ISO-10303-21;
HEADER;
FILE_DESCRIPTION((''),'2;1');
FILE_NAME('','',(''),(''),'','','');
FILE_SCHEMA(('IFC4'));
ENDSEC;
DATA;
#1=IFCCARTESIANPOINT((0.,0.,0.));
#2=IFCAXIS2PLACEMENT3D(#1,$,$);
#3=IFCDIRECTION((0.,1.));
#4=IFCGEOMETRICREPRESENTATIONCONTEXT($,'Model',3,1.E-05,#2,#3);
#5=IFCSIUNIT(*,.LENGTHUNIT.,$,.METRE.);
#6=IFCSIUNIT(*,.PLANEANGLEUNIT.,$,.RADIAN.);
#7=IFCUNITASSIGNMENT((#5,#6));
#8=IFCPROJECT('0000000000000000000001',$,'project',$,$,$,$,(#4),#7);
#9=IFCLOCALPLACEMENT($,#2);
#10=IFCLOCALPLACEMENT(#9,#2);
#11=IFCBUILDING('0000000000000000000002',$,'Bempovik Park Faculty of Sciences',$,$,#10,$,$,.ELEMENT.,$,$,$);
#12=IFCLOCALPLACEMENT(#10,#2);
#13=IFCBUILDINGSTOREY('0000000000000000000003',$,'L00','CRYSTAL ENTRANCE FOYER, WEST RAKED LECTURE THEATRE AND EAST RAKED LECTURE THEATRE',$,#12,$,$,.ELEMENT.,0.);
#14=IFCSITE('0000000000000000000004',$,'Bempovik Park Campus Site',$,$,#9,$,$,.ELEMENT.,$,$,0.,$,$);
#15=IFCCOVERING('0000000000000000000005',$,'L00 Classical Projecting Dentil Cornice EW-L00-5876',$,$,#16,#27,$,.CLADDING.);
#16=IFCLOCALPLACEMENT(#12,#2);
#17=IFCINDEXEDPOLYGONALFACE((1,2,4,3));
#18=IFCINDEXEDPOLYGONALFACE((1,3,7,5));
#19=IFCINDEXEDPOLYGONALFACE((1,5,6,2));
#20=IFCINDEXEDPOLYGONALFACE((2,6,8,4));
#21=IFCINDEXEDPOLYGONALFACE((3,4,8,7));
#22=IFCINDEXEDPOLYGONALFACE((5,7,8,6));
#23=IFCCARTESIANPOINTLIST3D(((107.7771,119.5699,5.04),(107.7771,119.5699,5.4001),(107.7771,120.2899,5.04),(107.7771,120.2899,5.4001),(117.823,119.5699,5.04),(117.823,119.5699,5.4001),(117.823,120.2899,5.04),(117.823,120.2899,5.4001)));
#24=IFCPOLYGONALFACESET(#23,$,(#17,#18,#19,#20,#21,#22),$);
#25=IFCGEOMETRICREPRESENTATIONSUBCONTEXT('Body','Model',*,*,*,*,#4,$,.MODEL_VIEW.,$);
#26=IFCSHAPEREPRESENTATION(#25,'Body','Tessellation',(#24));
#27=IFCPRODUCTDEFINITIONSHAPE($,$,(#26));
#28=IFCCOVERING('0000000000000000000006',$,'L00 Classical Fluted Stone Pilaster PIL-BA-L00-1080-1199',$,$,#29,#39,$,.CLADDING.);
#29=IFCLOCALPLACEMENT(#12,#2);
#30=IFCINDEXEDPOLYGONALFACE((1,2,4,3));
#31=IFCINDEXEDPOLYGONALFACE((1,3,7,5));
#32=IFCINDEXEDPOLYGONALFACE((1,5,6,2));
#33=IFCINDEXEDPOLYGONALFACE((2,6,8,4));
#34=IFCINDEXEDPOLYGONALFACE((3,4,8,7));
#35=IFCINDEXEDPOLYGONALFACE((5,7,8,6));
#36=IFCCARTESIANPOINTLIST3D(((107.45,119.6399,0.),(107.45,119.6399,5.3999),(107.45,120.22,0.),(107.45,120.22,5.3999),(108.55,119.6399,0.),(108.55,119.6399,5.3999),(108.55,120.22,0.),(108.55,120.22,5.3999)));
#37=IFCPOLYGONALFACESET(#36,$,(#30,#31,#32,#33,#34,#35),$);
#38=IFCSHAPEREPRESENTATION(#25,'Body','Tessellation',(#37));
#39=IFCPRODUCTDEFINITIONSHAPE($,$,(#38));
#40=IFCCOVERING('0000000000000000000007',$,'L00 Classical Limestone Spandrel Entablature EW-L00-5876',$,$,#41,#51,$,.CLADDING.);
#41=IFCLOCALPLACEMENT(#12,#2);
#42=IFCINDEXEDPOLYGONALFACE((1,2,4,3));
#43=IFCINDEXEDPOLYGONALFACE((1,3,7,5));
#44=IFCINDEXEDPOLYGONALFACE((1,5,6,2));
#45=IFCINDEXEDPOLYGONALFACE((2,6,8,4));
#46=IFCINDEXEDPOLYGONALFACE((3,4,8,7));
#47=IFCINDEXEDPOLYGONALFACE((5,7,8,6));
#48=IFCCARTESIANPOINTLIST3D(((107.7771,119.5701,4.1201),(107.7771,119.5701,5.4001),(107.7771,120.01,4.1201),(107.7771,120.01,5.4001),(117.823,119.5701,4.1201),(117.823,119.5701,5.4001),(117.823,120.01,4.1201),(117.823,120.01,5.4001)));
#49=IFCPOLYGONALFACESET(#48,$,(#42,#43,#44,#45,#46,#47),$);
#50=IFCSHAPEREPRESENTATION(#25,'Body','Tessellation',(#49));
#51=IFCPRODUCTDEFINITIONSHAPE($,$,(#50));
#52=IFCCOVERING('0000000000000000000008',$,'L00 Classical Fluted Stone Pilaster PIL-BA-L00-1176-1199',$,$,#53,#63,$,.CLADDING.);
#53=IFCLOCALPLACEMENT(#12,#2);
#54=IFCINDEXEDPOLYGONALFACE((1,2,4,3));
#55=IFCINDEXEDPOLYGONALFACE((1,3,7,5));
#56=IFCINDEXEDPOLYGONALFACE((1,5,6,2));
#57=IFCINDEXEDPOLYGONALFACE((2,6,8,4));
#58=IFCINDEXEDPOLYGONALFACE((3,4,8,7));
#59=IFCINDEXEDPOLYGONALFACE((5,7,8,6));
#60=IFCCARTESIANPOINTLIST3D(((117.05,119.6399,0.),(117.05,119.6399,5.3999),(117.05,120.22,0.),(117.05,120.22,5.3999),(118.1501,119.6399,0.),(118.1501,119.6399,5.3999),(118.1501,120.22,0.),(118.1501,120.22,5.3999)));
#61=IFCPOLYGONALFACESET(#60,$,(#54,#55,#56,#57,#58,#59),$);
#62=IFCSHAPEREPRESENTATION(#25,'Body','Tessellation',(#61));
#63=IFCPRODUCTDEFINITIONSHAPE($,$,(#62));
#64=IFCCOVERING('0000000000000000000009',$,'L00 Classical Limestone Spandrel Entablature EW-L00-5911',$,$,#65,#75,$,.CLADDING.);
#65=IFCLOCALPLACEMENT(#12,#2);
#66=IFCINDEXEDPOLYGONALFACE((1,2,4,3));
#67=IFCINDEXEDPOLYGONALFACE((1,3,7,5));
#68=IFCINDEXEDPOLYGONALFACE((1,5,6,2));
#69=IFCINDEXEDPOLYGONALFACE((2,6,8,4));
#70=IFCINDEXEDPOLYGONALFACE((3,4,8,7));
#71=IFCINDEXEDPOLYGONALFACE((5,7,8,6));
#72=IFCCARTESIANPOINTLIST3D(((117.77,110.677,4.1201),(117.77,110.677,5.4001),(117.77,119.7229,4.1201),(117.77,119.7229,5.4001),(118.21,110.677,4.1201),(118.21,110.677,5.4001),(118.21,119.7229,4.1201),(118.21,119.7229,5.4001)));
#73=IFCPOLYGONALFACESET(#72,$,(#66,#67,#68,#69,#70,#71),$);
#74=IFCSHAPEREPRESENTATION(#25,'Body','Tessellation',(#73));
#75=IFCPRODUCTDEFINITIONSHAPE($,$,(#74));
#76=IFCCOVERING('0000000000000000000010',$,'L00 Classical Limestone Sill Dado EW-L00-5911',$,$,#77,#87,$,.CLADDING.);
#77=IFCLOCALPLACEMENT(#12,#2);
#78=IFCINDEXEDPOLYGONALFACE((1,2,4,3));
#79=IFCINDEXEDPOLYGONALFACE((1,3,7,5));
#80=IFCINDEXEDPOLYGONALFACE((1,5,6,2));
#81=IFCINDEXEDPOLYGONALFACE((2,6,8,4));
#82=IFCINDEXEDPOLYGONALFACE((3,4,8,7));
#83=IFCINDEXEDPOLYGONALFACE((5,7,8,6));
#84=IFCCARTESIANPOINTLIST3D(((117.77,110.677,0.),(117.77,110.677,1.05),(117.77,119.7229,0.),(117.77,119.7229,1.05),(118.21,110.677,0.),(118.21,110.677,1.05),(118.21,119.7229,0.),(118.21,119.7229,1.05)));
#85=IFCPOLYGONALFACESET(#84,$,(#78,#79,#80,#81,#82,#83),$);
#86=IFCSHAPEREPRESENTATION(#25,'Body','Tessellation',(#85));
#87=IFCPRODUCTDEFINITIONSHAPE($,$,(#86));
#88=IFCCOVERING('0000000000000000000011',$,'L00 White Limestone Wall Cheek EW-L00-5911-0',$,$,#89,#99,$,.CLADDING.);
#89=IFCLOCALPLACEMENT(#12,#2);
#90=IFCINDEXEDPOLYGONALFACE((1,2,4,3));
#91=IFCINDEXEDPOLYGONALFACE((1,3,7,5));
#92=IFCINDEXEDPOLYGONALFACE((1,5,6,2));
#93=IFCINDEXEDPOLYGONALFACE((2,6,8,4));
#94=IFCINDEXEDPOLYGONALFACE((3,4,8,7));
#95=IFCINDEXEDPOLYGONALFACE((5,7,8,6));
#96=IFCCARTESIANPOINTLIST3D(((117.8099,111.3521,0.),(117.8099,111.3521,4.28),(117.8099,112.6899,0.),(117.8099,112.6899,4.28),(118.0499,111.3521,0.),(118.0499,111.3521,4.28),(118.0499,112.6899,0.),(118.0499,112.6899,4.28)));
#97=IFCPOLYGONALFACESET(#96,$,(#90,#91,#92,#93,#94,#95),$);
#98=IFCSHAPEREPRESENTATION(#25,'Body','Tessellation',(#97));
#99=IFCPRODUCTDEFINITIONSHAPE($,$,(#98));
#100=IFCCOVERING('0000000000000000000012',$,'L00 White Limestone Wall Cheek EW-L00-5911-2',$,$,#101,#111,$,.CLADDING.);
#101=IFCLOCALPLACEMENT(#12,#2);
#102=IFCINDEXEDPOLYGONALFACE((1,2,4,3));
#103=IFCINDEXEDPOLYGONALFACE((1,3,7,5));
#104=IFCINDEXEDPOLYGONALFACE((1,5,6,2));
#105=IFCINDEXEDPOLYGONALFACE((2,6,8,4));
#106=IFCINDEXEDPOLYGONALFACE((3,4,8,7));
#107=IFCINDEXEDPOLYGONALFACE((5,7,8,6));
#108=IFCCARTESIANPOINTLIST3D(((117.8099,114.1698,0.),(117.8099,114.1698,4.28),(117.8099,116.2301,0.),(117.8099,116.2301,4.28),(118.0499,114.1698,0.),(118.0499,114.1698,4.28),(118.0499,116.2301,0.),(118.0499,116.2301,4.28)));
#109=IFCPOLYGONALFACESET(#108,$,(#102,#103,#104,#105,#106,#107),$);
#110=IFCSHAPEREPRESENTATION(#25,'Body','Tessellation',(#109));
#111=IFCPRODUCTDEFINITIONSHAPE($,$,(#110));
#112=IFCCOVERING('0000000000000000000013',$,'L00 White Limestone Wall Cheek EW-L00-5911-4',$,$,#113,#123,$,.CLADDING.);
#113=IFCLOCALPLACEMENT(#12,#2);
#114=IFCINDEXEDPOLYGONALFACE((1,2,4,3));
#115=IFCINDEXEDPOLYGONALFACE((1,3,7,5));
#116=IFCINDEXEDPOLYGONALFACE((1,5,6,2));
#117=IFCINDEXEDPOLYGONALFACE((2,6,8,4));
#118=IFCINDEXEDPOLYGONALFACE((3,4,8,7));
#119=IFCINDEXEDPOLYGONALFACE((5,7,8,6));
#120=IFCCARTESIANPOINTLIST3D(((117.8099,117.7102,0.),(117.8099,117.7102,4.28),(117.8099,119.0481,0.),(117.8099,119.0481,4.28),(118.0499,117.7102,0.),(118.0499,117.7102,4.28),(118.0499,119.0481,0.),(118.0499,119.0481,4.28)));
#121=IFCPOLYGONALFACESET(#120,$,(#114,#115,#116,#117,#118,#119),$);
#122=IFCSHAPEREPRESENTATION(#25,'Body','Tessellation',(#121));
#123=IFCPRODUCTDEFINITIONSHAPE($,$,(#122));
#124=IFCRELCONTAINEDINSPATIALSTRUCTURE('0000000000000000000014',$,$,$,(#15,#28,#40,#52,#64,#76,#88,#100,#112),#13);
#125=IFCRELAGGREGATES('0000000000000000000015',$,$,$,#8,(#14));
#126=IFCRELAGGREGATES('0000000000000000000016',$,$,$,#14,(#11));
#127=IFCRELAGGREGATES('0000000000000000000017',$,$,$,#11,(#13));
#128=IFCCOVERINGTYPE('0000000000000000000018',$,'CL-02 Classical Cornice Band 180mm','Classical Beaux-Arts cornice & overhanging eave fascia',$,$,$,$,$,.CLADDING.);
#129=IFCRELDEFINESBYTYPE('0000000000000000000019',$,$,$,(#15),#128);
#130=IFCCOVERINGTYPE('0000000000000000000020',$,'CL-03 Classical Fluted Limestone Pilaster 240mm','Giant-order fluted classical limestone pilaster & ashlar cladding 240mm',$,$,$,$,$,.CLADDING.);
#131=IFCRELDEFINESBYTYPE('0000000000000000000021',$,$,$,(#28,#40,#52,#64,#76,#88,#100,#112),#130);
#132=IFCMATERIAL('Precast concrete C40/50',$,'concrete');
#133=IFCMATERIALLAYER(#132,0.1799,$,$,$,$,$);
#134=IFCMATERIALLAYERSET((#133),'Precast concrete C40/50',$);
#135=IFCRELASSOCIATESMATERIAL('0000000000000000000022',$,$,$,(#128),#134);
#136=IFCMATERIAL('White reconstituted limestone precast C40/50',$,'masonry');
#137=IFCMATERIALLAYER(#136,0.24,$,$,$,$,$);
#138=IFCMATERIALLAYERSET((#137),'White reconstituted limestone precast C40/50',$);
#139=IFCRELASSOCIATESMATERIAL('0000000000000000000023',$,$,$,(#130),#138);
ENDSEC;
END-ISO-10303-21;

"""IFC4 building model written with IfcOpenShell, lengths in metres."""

from ifc_helpers import new_model, si_unit, direction, frame, origin, origin_2d, place, context, subcontext, project, spatial, rectangle, extrude, material, layer, layer_set, type_object, element, save


model = new_model("IFC4")

# Units and contexts
model_context = context("Model", 3, precision=1e-05, world=origin(), true_north=direction((0.0, 1.0)))
body_context = subcontext(model_context, "Body", "Model", "MODEL_VIEW")
ifc_project = project(units=[si_unit("LENGTHUNIT", "METRE"), si_unit("PLANEANGLEUNIT", "RADIAN")], contexts=[model_context])

# Site, building, storey
site_placement = place(None, origin())
site = spatial("IfcSite", under=ifc_project, at=site_placement, Name="Bempovik Park Campus Site", CompositionType="ELEMENT", RefElevation=0.0)
building_placement = place(site_placement, origin())
building = spatial("IfcBuilding", under=site, at=building_placement, Name="Bempovik Park Faculty of Sciences", CompositionType="ELEMENT")
storey_placement = place(building_placement, origin())
storey = spatial("IfcBuildingStorey", under=building, at=storey_placement, Name="L00", Description="CRYSTAL ENTRANCE FOYER, WEST RAKED LECTURE THEATRE AND EAST RAKED LECTURE THEATRE", CompositionType="ELEMENT", Elevation=0.0)

# Shared definitions
ifc_material_1 = material(Name="Precast concrete C40/50", Category="concrete")

# Coverings
ifc_layer_1 = layer(ifc_material_1, 0.1799)
ifc_layer_set_1 = layer_set([ifc_layer_1], Name="Precast concrete C40/50")
covering_type_1 = type_object("IfcCoveringType", Name="CL-02 Classical Cornice Band 180mm", Description="Classical Beaux-Arts cornice & overhanging eave fascia", PredefinedType="CLADDING", material=ifc_layer_set_1)
covering_1_placement = place(storey_placement, frame((112.8, 119.9299, 5.04), z_axis=(0.0, 0.0, 1.0), x_axis=(1.0, 0.0, 0.0)))
element("IfcCovering", 1, at=covering_1_placement, inside=storey, type_object=covering_type_1, Name="L00 Classical Projecting Dentil Cornice EW-L00-5876", PredefinedType="CLADDING", context=body_context, shape_type="SweptSolid", body=[
    extrude(rectangle(XDim=10.0459, YDim=0.72, at=origin_2d()), origin(), (0.0, 0.0, 1.0), 0.3601),
])
ifc_material_2 = material(Name="White reconstituted limestone precast C40/50", Category="masonry")
ifc_layer_2 = layer(ifc_material_2, 0.24)
ifc_layer_set_2 = layer_set([ifc_layer_2], Name="White reconstituted limestone precast C40/50")
covering_type_2 = type_object("IfcCoveringType", Name="CL-03 Classical Fluted Limestone Pilaster 240mm", Description="Giant-order fluted classical limestone pilaster & ashlar cladding 240mm", PredefinedType="CLADDING", material=ifc_layer_set_2)
covering_2_placement = place(storey_placement, frame((108.0, 119.9299, 0.0), z_axis=(0.0, 0.0, 1.0), x_axis=(1.0, 0.0, 0.0)))
element("IfcCovering", 2, at=covering_2_placement, inside=storey, type_object=covering_type_2, Name="L00 Classical Fluted Stone Pilaster PIL-BA-L00-1080-1199", PredefinedType="CLADDING", context=body_context, shape_type="SweptSolid", body=[
    extrude(rectangle(XDim=1.1001, YDim=0.5801, at=origin_2d()), origin(), (0.0, 0.0, 1.0), 5.3999),
])
covering_3_placement = place(storey_placement, frame((112.8, 119.79, 4.1201), z_axis=(0.0, 0.0, 1.0), x_axis=(1.0, 0.0, 0.0)))
element("IfcCovering", 3, at=covering_3_placement, inside=storey, type_object=covering_type_2, Name="L00 Classical Limestone Spandrel Entablature EW-L00-5876", PredefinedType="CLADDING", context=body_context, shape_type="SweptSolid", body=[
    extrude(rectangle(XDim=10.0459, YDim=0.4399, at=origin_2d()), origin(), (0.0, 0.0, 1.0), 1.28),
])
covering_4_placement = place(storey_placement, frame((117.6001, 119.9299, 0.0), z_axis=(0.0, 0.0, 1.0), x_axis=(1.0, 0.0, 0.0)))
element("IfcCovering", 4, at=covering_4_placement, inside=storey, type_object=covering_type_2, Name="L00 Classical Fluted Stone Pilaster PIL-BA-L00-1176-1199", PredefinedType="CLADDING", context=body_context, shape_type="SweptSolid", body=[
    extrude(rectangle(XDim=1.1001, YDim=0.5801, at=origin_2d()), origin(), (0.0, 0.0, 1.0), 5.3999),
])
covering_5_placement = place(storey_placement, frame((117.99, 115.2, 4.1201), z_axis=(0.0, 0.0, 1.0), x_axis=(1.0, 0.0, 0.0)))
element("IfcCovering", 5, at=covering_5_placement, inside=storey, type_object=covering_type_2, Name="L00 Classical Limestone Spandrel Entablature EW-L00-5911", PredefinedType="CLADDING", context=body_context, shape_type="SweptSolid", body=[
    extrude(rectangle(XDim=0.4399, YDim=9.0459, at=origin_2d()), origin(), (0.0, 0.0, 1.0), 1.28),
])
covering_6_placement = place(storey_placement, frame((117.99, 115.2, 0.0), z_axis=(0.0, 0.0, 1.0), x_axis=(1.0, 0.0, 0.0)))
element("IfcCovering", 6, at=covering_6_placement, inside=storey, type_object=covering_type_2, Name="L00 Classical Limestone Sill Dado EW-L00-5911", PredefinedType="CLADDING", context=body_context, shape_type="SweptSolid", body=[
    extrude(rectangle(XDim=0.4399, YDim=9.0459, at=origin_2d()), origin(), (0.0, 0.0, 1.0), 1.05),
])
covering_7_placement = place(storey_placement, frame((117.9299, 112.021, 0.0), z_axis=(0.0, 0.0, 1.0), x_axis=(1.0, 0.0, 0.0)))
element("IfcCovering", 7, at=covering_7_placement, inside=storey, type_object=covering_type_2, Name="L00 White Limestone Wall Cheek EW-L00-5911-0", PredefinedType="CLADDING", context=body_context, shape_type="SweptSolid", body=[
    extrude(rectangle(XDim=0.24, YDim=1.3379, at=origin_2d()), origin(), (0.0, 0.0, 1.0), 4.28),
])
covering_8_placement = place(storey_placement, frame((117.9299, 115.2, 0.0), z_axis=(0.0, 0.0, 1.0), x_axis=(1.0, 0.0, 0.0)))
element("IfcCovering", 8, at=covering_8_placement, inside=storey, type_object=covering_type_2, Name="L00 White Limestone Wall Cheek EW-L00-5911-2", PredefinedType="CLADDING", context=body_context, shape_type="SweptSolid", body=[
    extrude(rectangle(XDim=0.24, YDim=2.0603, at=origin_2d()), origin(), (0.0, 0.0, 1.0), 4.28),
])
covering_9_placement = place(storey_placement, frame((117.9299, 118.3792, 0.0), z_axis=(0.0, 0.0, 1.0), x_axis=(1.0, 0.0, 0.0)))
element("IfcCovering", 9, at=covering_9_placement, inside=storey, type_object=covering_type_2, Name="L00 White Limestone Wall Cheek EW-L00-5911-4", PredefinedType="CLADDING", context=body_context, shape_type="SweptSolid", body=[
    extrude(rectangle(XDim=0.24, YDim=1.3379, at=origin_2d()), origin(), (0.0, 0.0, 1.0), 4.28),
])

save(model, "model.ifc")
